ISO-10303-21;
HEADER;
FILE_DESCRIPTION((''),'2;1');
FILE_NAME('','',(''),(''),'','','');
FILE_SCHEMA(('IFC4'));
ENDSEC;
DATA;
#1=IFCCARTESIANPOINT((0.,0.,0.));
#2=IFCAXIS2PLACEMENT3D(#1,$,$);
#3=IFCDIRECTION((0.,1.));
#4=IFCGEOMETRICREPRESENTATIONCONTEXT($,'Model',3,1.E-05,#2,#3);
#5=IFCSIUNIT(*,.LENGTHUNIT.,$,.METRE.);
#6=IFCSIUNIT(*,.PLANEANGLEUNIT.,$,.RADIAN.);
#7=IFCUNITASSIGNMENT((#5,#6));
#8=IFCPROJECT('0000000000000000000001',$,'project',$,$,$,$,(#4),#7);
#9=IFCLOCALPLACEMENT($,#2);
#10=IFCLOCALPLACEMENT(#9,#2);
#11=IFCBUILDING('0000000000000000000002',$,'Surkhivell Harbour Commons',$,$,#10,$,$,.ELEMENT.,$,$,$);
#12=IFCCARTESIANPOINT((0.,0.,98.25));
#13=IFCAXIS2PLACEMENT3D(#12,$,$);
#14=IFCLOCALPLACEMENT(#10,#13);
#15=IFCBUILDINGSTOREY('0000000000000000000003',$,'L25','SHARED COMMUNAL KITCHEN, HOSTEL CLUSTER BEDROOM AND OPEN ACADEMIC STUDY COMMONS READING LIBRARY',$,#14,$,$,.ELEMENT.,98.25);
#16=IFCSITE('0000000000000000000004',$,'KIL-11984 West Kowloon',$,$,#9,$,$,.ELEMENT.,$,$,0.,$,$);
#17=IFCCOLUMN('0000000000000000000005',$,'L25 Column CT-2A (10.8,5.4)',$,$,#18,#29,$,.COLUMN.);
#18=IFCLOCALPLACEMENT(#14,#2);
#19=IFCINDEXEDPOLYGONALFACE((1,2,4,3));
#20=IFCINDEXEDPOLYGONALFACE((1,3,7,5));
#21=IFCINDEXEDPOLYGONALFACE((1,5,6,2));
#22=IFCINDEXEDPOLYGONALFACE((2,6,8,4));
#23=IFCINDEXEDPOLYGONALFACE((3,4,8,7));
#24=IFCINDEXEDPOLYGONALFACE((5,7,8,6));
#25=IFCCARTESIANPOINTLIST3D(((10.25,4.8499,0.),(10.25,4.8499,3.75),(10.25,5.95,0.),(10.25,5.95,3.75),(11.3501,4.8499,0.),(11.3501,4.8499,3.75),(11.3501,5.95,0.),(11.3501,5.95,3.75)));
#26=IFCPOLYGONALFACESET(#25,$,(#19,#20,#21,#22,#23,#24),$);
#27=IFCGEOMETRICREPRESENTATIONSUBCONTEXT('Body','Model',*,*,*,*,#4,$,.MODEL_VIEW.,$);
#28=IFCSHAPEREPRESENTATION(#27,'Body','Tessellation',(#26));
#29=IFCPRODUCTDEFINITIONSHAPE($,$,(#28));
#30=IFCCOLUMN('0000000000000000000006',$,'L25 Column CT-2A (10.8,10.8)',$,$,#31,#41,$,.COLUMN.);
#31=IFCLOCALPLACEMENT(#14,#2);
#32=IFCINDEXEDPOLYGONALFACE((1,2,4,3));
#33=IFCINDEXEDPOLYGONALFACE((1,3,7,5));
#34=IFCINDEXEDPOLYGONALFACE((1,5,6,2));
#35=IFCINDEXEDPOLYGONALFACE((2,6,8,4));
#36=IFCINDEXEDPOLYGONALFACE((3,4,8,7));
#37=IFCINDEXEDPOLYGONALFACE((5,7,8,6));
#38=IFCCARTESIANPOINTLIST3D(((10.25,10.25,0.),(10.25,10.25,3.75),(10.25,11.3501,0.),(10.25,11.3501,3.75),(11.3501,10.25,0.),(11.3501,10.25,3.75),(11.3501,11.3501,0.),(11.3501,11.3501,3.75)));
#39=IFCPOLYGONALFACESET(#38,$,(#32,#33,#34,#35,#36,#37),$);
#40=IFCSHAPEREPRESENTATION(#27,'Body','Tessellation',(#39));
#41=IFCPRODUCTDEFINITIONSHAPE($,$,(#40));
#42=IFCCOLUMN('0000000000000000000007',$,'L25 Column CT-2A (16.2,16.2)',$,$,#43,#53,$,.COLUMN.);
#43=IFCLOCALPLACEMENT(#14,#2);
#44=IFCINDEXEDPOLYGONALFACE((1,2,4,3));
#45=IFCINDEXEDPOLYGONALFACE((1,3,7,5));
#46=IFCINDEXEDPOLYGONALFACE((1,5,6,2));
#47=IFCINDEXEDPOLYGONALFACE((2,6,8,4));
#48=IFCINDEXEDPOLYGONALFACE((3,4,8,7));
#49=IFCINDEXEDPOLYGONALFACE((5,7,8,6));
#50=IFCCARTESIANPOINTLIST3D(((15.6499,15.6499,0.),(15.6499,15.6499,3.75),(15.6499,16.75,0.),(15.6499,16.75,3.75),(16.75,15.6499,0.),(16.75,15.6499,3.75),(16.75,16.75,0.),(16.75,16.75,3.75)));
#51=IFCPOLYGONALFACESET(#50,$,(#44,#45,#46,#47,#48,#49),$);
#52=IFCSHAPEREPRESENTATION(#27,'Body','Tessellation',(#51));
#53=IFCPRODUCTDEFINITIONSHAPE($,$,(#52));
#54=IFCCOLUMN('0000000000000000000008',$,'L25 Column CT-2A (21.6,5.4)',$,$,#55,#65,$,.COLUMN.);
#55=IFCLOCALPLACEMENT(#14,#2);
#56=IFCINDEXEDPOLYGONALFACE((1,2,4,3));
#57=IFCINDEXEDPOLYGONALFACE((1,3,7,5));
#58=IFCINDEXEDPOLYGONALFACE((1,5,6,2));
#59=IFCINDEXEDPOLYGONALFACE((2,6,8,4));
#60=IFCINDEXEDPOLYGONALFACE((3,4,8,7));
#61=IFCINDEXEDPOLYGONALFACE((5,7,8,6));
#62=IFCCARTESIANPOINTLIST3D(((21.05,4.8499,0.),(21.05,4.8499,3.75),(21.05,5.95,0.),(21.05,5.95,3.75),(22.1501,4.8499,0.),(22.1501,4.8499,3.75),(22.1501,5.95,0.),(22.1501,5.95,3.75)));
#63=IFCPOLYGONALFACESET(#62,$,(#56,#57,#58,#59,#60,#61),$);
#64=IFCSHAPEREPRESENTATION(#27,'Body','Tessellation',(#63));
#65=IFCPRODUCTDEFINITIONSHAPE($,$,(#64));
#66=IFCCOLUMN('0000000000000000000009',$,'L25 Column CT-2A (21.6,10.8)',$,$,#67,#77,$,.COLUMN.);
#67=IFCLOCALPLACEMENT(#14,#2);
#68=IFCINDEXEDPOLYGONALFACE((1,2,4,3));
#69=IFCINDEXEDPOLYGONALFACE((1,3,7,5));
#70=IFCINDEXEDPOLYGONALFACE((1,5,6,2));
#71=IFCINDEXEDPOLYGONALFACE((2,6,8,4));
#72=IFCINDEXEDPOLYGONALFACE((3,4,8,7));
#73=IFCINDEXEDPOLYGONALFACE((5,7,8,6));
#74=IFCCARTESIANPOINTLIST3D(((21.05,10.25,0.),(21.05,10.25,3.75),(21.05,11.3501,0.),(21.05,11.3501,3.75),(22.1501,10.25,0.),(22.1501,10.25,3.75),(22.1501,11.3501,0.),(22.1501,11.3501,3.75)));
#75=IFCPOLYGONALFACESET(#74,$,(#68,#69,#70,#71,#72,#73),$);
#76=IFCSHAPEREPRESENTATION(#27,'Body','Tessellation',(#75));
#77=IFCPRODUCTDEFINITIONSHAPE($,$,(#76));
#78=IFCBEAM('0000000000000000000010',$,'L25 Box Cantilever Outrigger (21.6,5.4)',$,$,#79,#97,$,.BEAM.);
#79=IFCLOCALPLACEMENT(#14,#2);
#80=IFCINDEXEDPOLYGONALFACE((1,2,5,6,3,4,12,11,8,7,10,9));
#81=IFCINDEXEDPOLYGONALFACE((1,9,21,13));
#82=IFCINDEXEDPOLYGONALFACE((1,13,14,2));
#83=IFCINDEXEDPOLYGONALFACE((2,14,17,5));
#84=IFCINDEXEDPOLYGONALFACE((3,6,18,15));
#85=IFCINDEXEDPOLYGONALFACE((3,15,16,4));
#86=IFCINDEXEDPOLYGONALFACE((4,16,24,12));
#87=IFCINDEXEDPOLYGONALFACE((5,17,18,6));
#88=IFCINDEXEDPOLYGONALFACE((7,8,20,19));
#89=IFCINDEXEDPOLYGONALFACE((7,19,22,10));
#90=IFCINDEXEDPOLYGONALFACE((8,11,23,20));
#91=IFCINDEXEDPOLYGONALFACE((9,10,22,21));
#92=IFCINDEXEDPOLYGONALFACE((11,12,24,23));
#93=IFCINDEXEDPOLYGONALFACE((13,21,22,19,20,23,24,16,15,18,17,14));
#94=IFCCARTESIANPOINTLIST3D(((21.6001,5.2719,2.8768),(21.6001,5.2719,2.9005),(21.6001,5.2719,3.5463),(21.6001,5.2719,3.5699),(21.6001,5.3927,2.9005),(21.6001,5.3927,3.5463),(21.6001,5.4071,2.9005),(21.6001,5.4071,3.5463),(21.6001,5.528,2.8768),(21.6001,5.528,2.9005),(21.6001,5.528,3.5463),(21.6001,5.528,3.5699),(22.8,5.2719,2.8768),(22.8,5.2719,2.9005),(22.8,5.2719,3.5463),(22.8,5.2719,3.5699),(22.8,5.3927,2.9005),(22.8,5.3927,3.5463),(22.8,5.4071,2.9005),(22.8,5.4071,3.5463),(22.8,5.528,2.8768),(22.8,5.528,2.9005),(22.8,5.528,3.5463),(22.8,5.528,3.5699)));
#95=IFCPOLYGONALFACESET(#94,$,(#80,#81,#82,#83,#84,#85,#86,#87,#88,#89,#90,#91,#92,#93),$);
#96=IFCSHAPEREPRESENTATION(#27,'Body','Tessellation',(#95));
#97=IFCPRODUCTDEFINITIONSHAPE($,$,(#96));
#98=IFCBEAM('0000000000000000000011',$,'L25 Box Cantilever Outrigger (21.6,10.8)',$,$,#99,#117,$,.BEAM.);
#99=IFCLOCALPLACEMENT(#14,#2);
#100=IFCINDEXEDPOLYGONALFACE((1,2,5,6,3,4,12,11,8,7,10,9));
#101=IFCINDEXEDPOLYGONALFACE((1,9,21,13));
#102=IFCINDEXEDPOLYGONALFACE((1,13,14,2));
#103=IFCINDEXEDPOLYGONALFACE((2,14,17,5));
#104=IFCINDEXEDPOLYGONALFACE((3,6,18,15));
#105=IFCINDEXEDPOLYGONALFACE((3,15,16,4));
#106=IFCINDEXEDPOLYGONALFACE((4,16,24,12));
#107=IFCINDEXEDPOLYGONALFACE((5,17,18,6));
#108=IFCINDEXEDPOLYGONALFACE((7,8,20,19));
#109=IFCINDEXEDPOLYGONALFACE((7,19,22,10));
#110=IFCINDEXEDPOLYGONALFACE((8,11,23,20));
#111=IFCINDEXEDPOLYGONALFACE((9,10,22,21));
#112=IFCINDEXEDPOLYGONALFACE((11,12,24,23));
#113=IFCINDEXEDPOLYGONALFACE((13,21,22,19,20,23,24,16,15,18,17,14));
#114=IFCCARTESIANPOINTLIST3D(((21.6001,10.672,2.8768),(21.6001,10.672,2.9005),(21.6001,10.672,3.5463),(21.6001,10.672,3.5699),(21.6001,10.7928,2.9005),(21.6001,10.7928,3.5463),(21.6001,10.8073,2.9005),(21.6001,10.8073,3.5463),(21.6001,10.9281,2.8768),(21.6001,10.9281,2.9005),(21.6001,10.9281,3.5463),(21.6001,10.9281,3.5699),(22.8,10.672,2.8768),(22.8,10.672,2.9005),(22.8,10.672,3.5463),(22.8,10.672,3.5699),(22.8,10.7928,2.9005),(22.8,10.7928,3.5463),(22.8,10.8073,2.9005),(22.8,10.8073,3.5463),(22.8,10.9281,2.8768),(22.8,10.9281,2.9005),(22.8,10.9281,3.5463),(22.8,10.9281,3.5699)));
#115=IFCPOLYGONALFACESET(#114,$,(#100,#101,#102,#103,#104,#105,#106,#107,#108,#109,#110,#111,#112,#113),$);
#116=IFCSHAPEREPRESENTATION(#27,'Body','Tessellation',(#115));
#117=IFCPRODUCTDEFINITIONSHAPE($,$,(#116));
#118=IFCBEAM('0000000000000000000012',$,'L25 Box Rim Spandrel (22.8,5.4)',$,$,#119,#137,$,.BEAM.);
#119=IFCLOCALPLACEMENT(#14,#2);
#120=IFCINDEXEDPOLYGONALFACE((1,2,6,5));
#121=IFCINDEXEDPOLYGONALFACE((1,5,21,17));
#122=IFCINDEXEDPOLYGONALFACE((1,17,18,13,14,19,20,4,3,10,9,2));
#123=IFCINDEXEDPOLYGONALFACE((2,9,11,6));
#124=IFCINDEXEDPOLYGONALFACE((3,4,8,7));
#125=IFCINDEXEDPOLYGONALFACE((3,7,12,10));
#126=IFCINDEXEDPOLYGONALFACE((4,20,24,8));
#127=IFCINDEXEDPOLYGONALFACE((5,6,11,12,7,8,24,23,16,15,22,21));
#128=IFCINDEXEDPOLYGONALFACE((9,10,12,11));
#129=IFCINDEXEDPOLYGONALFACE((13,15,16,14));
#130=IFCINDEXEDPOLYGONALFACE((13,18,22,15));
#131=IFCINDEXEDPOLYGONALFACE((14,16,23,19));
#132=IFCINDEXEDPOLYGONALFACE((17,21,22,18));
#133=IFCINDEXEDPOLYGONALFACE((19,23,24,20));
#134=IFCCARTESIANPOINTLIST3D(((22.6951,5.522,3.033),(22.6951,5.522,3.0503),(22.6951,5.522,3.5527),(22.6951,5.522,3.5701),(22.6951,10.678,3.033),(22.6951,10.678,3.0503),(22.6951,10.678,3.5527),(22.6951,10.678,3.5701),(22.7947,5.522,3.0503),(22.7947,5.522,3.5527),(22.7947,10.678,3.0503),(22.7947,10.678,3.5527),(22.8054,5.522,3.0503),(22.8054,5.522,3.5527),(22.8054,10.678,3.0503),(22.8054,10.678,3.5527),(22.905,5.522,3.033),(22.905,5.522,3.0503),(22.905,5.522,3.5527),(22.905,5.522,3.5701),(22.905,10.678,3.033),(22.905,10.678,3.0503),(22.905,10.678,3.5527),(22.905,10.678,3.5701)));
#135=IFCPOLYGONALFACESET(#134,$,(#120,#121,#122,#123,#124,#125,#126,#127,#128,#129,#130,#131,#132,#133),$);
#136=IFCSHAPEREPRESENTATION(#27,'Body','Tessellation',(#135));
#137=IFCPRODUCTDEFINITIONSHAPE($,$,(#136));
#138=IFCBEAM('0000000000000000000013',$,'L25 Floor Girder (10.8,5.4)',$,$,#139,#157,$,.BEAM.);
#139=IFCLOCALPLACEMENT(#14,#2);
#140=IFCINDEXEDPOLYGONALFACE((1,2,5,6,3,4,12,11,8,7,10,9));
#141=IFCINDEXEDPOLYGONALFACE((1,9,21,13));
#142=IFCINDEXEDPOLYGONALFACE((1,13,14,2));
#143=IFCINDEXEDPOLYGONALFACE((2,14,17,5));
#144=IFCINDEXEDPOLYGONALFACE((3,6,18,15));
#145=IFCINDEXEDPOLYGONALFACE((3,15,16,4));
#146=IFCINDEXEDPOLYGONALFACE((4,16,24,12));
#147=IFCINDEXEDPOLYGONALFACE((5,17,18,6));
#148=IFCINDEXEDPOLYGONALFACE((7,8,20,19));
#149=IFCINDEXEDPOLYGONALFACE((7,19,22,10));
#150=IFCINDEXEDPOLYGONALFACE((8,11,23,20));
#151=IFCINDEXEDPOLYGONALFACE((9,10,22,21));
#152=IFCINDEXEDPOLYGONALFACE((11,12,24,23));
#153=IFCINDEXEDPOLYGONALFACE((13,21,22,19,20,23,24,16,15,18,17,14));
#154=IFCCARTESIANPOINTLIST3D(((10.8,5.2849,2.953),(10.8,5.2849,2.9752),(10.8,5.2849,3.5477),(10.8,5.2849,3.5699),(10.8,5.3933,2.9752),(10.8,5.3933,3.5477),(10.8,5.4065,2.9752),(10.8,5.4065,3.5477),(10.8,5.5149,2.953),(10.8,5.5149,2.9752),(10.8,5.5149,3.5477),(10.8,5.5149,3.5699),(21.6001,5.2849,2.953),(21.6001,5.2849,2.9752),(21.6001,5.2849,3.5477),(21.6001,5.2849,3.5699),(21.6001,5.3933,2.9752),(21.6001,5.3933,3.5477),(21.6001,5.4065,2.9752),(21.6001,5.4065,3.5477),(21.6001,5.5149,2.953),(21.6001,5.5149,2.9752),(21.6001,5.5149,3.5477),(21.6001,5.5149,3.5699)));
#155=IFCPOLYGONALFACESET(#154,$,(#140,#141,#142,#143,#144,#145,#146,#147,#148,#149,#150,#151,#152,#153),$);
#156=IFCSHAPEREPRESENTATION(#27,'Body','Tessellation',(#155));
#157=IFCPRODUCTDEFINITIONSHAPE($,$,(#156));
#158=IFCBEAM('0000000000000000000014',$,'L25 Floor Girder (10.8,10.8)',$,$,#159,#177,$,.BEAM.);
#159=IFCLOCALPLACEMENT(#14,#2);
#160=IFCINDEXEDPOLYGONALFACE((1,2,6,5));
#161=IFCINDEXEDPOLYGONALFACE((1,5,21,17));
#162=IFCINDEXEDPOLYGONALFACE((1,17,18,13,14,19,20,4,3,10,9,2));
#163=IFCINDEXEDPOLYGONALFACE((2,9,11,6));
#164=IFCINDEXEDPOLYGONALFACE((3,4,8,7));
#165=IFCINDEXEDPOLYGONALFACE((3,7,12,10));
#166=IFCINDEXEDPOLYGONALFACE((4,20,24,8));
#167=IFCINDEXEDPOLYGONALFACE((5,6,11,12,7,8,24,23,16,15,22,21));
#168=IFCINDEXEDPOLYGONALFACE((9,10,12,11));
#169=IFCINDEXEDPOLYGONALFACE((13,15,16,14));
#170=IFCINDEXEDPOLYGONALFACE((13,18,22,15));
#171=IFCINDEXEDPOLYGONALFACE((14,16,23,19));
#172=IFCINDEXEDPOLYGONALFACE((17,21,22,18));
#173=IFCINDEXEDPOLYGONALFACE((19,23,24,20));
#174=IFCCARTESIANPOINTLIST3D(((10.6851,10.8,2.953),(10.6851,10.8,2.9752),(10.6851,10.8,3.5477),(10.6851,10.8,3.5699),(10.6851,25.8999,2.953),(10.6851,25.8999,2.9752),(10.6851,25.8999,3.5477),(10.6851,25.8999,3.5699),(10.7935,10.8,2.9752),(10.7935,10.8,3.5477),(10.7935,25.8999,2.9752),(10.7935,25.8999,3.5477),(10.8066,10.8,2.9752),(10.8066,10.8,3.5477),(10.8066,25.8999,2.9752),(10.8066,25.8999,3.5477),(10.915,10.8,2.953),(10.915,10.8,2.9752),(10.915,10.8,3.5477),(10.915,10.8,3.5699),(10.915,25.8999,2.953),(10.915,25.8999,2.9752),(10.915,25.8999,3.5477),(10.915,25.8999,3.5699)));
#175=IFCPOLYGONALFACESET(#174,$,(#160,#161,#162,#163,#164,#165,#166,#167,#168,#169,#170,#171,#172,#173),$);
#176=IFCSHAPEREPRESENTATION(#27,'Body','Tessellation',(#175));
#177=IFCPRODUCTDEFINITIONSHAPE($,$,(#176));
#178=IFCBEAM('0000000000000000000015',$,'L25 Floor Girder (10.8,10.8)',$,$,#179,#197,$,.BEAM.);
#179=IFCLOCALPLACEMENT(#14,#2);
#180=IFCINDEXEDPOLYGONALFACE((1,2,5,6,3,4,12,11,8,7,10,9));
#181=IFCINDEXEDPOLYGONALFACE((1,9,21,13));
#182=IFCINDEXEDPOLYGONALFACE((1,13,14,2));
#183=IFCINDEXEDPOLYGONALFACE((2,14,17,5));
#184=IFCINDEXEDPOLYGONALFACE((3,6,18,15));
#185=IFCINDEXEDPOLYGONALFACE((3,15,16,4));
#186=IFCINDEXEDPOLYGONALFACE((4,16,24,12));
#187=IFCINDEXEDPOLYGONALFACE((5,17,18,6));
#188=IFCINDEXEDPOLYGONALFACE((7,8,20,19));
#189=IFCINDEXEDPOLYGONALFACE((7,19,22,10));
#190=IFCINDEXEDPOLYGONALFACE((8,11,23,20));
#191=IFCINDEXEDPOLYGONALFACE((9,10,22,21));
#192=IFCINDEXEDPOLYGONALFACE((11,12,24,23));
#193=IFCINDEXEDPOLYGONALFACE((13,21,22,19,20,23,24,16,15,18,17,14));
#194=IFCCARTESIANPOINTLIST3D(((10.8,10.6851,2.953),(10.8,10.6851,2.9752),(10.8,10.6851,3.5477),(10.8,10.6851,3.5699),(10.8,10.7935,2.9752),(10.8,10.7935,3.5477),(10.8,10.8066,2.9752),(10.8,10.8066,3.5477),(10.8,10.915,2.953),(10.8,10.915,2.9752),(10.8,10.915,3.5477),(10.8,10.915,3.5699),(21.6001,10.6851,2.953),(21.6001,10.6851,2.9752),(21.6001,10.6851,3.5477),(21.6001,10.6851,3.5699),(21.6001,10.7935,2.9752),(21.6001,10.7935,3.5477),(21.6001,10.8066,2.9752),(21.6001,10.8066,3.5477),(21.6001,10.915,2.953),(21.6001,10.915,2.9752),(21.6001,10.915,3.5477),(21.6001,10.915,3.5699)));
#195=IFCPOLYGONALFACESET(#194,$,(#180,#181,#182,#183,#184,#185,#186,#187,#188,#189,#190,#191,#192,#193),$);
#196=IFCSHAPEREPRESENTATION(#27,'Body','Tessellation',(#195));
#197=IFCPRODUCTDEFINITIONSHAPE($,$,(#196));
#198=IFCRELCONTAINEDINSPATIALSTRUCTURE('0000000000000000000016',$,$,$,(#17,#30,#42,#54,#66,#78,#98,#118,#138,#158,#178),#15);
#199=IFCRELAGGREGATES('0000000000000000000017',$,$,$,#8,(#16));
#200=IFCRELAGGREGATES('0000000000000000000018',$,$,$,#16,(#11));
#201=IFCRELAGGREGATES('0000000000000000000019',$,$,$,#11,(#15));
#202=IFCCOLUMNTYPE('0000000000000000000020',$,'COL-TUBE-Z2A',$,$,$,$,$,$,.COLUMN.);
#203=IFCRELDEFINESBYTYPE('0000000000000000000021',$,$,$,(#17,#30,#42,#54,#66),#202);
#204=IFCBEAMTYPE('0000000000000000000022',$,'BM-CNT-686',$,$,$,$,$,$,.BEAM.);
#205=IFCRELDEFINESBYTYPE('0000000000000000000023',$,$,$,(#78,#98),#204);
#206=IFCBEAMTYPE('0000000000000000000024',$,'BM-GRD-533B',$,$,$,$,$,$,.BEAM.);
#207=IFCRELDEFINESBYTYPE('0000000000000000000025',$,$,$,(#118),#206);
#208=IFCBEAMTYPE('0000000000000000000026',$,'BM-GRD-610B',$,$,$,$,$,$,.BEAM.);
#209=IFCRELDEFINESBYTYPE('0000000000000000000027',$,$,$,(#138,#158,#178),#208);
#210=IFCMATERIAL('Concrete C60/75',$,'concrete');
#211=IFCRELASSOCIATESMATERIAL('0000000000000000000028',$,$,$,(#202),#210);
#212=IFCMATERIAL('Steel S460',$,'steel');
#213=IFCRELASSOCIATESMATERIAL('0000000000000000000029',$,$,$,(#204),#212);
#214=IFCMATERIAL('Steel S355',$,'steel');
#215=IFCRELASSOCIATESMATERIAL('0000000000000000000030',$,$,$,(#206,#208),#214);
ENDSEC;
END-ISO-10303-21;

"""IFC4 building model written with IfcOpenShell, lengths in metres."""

from ifc_helpers import new_model, si_unit, direction, frame, origin, origin_2d, place, context, subcontext, project, spatial, rectangle, i_section, extrude, material, material_profile, profile_set, type_object, element, save


model = new_model("IFC4")

# Units and contexts
model_context = context("Model", 3, precision=1e-05, world=origin(), true_north=direction((0.0, 1.0)))
body_context = subcontext(model_context, "Body", "Model", "MODEL_VIEW")
ifc_project = project(units=[si_unit("LENGTHUNIT", "METRE"), si_unit("PLANEANGLEUNIT", "RADIAN")], contexts=[model_context])

# Site, building, storey
site_placement = place(None, origin())
site = spatial("IfcSite", under=ifc_project, at=site_placement, Name="KIL-11984 West Kowloon", CompositionType="ELEMENT", RefElevation=0.0)
building_placement = place(site_placement, origin())
building = spatial("IfcBuilding", under=site, at=building_placement, Name="Surkhivell Harbour Commons", CompositionType="ELEMENT")
storey_placement = place(building_placement, frame((0.0, 0.0, 98.25)))
storey = spatial("IfcBuildingStorey", under=building, at=storey_placement, Name="L25", Description="SHARED COMMUNAL KITCHEN, HOSTEL CLUSTER BEDROOM AND OPEN ACADEMIC STUDY COMMONS READING LIBRARY", CompositionType="ELEMENT", Elevation=98.25)

# Columns
ifc_material_1 = material(Name="Concrete C60/75", Category="concrete")
ifc_material_profile_1 = material_profile(ifc_material_1, rectangle(XDim=1.1001, YDim=1.1001, at=origin_2d()), Name="RC-COL-1100x1100")
ifc_profile_set_1 = profile_set([ifc_material_profile_1], Name="Concrete C60/75")
column_type = type_object("IfcColumnType", Name="COL-TUBE-Z2A", PredefinedType="COLUMN", material=ifc_profile_set_1)
for number, where, z_axis, x_axis, name in (
    (1, (10.8, 5.3999, 0.0), (0.0, 0.0, 1.0), (1.0, 0.0, 0.0), "L25 Column CT-2A (10.8,5.4)"),
    (2, (10.8, 10.8, 0.0), (0.0, 0.0, 1.0), (1.0, 0.0, 0.0), "L25 Column CT-2A (10.8,10.8)"),
    (3, (16.2, 16.2, 0.0), (0.0, 0.0, 1.0), (1.0, 0.0, 0.0), "L25 Column CT-2A (16.2,16.2)"),
    (4, (21.6001, 5.3999, 0.0), (0.0, 0.0, 1.0), (1.0, 0.0, 0.0), "L25 Column CT-2A (21.6,5.4)"),
    (5, (21.6001, 10.8, 0.0), (0.0, 0.0, 1.0), (1.0, 0.0, 0.0), "L25 Column CT-2A (21.6,10.8)"),
):
    element("IfcColumn", number, at=place(storey_placement, frame(where, z_axis=z_axis, x_axis=x_axis)), inside=storey, type_object=column_type, Name=name, PredefinedType="COLUMN", context=body_context, shape_type="SweptSolid", body=[
        extrude(rectangle(XDim=1.1001, YDim=1.1001, at=origin_2d()), origin(), (0.0, 0.0, 1.0), 3.75),
    ])

# Beams
ifc_material_2 = material(Name="Steel S460", Category="steel")
ifc_material_profile_2 = material_profile(ifc_material_2, i_section(OverallWidth=0.2561, OverallDepth=0.6931, WebThickness=0.0144, FlangeThickness=0.0237, at=origin_2d()), Name="UB686x254x170")
ifc_profile_set_2 = profile_set([ifc_material_profile_2], Name="Steel S460")
beam_type_1 = type_object("IfcBeamType", Name="BM-CNT-686", PredefinedType="BEAM", material=ifc_profile_set_2)
for number, where, z_axis, x_axis, name in (
    (6, (21.6001, 5.3999, 3.2234), (1.0, 0.0, 0.0), (0.0, 1.0, 0.0), "L25 Box Cantilever Outrigger (21.6,5.4)"),
    (7, (21.6001, 10.8, 3.2234), (1.0, 0.0, 0.0), (0.0, 1.0, 0.0), "L25 Box Cantilever Outrigger (21.6,10.8)"),
):
    element("IfcBeam", number, at=place(storey_placement, frame(where, z_axis=z_axis, x_axis=x_axis)), inside=storey, type_object=beam_type_1, Name=name, PredefinedType="BEAM", context=body_context, shape_type="SweptSolid", body=[
        extrude(i_section(OverallWidth=0.2561, OverallDepth=0.6931, WebThickness=0.0144, FlangeThickness=0.0237, at=origin_2d()), origin(), (0.0, 0.0, 1.0), 1.2),
    ])
ifc_material_3 = material(Name="Steel S355", Category="steel")
ifc_material_profile_3 = material_profile(ifc_material_3, i_section(OverallWidth=0.21, OverallDepth=0.5371, WebThickness=0.0107, FlangeThickness=0.0173, at=origin_2d()), Name="UB533x210x101")
ifc_profile_set_3 = profile_set([ifc_material_profile_3], Name="Steel S355")
beam_type_2 = type_object("IfcBeamType", Name="BM-GRD-533B", PredefinedType="BEAM", material=ifc_profile_set_3)
beam_1_placement = place(storey_placement, frame((22.8, 5.522, 3.3015), z_axis=(0.0, 1.0, 0.0), x_axis=(-1.0, 0.0, 0.0)))
element("IfcBeam", 8, at=beam_1_placement, inside=storey, type_object=beam_type_2, Name="L25 Box Rim Spandrel (22.8,5.4)", PredefinedType="BEAM", context=body_context, shape_type="SweptSolid", body=[
    extrude(i_section(OverallWidth=0.21, OverallDepth=0.5371, WebThickness=0.0107, FlangeThickness=0.0173, at=origin_2d()), origin(), (0.0, 0.0, 1.0), 5.156),
])
ifc_material_profile_4 = material_profile(ifc_material_3, i_section(OverallWidth=0.23, OverallDepth=0.6169, WebThickness=0.0132, FlangeThickness=0.0222, at=origin_2d()), Name="UB610x229x140")
ifc_profile_set_4 = profile_set([ifc_material_profile_4], Name="Steel S355")
beam_type_3 = type_object("IfcBeamType", Name="BM-GRD-610B", PredefinedType="BEAM", material=ifc_profile_set_4)
beam_2_placement = place(storey_placement, frame((10.8, 5.3999, 3.2615), z_axis=(1.0, 0.0, 0.0), x_axis=(0.0, 1.0, 0.0)))
element("IfcBeam", 9, at=beam_2_placement, inside=storey, type_object=beam_type_3, Name="L25 Floor Girder (10.8,5.4)", PredefinedType="BEAM", context=body_context, shape_type="SweptSolid", body=[
    extrude(i_section(OverallWidth=0.23, OverallDepth=0.6169, WebThickness=0.0132, FlangeThickness=0.0222, at=origin_2d()), origin(), (0.0, 0.0, 1.0), 10.8),
])
beam_3_placement = place(storey_placement, frame((10.8, 10.8, 3.2615), z_axis=(0.0, 1.0, 0.0), x_axis=(-1.0, 0.0, 0.0)))
element("IfcBeam", 10, at=beam_3_placement, inside=storey, type_object=beam_type_3, Name="L25 Floor Girder (10.8,10.8)", PredefinedType="BEAM", context=body_context, shape_type="SweptSolid", body=[
    extrude(i_section(OverallWidth=0.23, OverallDepth=0.6169, WebThickness=0.0132, FlangeThickness=0.0222, at=origin_2d()), origin(), (0.0, 0.0, 1.0), 15.0999),
])
beam_4_placement = place(storey_placement, frame((10.8, 10.8, 3.2615), z_axis=(1.0, 0.0, 0.0), x_axis=(0.0, 1.0, 0.0)))
element("IfcBeam", 11, at=beam_4_placement, inside=storey, type_object=beam_type_3, Name="L25 Floor Girder (10.8,10.8)", PredefinedType="BEAM", context=body_context, shape_type="SweptSolid", body=[
    extrude(i_section(OverallWidth=0.23, OverallDepth=0.6169, WebThickness=0.0132, FlangeThickness=0.0222, at=origin_2d()), origin(), (0.0, 0.0, 1.0), 10.8),
])

save(model, "model.ifc")
